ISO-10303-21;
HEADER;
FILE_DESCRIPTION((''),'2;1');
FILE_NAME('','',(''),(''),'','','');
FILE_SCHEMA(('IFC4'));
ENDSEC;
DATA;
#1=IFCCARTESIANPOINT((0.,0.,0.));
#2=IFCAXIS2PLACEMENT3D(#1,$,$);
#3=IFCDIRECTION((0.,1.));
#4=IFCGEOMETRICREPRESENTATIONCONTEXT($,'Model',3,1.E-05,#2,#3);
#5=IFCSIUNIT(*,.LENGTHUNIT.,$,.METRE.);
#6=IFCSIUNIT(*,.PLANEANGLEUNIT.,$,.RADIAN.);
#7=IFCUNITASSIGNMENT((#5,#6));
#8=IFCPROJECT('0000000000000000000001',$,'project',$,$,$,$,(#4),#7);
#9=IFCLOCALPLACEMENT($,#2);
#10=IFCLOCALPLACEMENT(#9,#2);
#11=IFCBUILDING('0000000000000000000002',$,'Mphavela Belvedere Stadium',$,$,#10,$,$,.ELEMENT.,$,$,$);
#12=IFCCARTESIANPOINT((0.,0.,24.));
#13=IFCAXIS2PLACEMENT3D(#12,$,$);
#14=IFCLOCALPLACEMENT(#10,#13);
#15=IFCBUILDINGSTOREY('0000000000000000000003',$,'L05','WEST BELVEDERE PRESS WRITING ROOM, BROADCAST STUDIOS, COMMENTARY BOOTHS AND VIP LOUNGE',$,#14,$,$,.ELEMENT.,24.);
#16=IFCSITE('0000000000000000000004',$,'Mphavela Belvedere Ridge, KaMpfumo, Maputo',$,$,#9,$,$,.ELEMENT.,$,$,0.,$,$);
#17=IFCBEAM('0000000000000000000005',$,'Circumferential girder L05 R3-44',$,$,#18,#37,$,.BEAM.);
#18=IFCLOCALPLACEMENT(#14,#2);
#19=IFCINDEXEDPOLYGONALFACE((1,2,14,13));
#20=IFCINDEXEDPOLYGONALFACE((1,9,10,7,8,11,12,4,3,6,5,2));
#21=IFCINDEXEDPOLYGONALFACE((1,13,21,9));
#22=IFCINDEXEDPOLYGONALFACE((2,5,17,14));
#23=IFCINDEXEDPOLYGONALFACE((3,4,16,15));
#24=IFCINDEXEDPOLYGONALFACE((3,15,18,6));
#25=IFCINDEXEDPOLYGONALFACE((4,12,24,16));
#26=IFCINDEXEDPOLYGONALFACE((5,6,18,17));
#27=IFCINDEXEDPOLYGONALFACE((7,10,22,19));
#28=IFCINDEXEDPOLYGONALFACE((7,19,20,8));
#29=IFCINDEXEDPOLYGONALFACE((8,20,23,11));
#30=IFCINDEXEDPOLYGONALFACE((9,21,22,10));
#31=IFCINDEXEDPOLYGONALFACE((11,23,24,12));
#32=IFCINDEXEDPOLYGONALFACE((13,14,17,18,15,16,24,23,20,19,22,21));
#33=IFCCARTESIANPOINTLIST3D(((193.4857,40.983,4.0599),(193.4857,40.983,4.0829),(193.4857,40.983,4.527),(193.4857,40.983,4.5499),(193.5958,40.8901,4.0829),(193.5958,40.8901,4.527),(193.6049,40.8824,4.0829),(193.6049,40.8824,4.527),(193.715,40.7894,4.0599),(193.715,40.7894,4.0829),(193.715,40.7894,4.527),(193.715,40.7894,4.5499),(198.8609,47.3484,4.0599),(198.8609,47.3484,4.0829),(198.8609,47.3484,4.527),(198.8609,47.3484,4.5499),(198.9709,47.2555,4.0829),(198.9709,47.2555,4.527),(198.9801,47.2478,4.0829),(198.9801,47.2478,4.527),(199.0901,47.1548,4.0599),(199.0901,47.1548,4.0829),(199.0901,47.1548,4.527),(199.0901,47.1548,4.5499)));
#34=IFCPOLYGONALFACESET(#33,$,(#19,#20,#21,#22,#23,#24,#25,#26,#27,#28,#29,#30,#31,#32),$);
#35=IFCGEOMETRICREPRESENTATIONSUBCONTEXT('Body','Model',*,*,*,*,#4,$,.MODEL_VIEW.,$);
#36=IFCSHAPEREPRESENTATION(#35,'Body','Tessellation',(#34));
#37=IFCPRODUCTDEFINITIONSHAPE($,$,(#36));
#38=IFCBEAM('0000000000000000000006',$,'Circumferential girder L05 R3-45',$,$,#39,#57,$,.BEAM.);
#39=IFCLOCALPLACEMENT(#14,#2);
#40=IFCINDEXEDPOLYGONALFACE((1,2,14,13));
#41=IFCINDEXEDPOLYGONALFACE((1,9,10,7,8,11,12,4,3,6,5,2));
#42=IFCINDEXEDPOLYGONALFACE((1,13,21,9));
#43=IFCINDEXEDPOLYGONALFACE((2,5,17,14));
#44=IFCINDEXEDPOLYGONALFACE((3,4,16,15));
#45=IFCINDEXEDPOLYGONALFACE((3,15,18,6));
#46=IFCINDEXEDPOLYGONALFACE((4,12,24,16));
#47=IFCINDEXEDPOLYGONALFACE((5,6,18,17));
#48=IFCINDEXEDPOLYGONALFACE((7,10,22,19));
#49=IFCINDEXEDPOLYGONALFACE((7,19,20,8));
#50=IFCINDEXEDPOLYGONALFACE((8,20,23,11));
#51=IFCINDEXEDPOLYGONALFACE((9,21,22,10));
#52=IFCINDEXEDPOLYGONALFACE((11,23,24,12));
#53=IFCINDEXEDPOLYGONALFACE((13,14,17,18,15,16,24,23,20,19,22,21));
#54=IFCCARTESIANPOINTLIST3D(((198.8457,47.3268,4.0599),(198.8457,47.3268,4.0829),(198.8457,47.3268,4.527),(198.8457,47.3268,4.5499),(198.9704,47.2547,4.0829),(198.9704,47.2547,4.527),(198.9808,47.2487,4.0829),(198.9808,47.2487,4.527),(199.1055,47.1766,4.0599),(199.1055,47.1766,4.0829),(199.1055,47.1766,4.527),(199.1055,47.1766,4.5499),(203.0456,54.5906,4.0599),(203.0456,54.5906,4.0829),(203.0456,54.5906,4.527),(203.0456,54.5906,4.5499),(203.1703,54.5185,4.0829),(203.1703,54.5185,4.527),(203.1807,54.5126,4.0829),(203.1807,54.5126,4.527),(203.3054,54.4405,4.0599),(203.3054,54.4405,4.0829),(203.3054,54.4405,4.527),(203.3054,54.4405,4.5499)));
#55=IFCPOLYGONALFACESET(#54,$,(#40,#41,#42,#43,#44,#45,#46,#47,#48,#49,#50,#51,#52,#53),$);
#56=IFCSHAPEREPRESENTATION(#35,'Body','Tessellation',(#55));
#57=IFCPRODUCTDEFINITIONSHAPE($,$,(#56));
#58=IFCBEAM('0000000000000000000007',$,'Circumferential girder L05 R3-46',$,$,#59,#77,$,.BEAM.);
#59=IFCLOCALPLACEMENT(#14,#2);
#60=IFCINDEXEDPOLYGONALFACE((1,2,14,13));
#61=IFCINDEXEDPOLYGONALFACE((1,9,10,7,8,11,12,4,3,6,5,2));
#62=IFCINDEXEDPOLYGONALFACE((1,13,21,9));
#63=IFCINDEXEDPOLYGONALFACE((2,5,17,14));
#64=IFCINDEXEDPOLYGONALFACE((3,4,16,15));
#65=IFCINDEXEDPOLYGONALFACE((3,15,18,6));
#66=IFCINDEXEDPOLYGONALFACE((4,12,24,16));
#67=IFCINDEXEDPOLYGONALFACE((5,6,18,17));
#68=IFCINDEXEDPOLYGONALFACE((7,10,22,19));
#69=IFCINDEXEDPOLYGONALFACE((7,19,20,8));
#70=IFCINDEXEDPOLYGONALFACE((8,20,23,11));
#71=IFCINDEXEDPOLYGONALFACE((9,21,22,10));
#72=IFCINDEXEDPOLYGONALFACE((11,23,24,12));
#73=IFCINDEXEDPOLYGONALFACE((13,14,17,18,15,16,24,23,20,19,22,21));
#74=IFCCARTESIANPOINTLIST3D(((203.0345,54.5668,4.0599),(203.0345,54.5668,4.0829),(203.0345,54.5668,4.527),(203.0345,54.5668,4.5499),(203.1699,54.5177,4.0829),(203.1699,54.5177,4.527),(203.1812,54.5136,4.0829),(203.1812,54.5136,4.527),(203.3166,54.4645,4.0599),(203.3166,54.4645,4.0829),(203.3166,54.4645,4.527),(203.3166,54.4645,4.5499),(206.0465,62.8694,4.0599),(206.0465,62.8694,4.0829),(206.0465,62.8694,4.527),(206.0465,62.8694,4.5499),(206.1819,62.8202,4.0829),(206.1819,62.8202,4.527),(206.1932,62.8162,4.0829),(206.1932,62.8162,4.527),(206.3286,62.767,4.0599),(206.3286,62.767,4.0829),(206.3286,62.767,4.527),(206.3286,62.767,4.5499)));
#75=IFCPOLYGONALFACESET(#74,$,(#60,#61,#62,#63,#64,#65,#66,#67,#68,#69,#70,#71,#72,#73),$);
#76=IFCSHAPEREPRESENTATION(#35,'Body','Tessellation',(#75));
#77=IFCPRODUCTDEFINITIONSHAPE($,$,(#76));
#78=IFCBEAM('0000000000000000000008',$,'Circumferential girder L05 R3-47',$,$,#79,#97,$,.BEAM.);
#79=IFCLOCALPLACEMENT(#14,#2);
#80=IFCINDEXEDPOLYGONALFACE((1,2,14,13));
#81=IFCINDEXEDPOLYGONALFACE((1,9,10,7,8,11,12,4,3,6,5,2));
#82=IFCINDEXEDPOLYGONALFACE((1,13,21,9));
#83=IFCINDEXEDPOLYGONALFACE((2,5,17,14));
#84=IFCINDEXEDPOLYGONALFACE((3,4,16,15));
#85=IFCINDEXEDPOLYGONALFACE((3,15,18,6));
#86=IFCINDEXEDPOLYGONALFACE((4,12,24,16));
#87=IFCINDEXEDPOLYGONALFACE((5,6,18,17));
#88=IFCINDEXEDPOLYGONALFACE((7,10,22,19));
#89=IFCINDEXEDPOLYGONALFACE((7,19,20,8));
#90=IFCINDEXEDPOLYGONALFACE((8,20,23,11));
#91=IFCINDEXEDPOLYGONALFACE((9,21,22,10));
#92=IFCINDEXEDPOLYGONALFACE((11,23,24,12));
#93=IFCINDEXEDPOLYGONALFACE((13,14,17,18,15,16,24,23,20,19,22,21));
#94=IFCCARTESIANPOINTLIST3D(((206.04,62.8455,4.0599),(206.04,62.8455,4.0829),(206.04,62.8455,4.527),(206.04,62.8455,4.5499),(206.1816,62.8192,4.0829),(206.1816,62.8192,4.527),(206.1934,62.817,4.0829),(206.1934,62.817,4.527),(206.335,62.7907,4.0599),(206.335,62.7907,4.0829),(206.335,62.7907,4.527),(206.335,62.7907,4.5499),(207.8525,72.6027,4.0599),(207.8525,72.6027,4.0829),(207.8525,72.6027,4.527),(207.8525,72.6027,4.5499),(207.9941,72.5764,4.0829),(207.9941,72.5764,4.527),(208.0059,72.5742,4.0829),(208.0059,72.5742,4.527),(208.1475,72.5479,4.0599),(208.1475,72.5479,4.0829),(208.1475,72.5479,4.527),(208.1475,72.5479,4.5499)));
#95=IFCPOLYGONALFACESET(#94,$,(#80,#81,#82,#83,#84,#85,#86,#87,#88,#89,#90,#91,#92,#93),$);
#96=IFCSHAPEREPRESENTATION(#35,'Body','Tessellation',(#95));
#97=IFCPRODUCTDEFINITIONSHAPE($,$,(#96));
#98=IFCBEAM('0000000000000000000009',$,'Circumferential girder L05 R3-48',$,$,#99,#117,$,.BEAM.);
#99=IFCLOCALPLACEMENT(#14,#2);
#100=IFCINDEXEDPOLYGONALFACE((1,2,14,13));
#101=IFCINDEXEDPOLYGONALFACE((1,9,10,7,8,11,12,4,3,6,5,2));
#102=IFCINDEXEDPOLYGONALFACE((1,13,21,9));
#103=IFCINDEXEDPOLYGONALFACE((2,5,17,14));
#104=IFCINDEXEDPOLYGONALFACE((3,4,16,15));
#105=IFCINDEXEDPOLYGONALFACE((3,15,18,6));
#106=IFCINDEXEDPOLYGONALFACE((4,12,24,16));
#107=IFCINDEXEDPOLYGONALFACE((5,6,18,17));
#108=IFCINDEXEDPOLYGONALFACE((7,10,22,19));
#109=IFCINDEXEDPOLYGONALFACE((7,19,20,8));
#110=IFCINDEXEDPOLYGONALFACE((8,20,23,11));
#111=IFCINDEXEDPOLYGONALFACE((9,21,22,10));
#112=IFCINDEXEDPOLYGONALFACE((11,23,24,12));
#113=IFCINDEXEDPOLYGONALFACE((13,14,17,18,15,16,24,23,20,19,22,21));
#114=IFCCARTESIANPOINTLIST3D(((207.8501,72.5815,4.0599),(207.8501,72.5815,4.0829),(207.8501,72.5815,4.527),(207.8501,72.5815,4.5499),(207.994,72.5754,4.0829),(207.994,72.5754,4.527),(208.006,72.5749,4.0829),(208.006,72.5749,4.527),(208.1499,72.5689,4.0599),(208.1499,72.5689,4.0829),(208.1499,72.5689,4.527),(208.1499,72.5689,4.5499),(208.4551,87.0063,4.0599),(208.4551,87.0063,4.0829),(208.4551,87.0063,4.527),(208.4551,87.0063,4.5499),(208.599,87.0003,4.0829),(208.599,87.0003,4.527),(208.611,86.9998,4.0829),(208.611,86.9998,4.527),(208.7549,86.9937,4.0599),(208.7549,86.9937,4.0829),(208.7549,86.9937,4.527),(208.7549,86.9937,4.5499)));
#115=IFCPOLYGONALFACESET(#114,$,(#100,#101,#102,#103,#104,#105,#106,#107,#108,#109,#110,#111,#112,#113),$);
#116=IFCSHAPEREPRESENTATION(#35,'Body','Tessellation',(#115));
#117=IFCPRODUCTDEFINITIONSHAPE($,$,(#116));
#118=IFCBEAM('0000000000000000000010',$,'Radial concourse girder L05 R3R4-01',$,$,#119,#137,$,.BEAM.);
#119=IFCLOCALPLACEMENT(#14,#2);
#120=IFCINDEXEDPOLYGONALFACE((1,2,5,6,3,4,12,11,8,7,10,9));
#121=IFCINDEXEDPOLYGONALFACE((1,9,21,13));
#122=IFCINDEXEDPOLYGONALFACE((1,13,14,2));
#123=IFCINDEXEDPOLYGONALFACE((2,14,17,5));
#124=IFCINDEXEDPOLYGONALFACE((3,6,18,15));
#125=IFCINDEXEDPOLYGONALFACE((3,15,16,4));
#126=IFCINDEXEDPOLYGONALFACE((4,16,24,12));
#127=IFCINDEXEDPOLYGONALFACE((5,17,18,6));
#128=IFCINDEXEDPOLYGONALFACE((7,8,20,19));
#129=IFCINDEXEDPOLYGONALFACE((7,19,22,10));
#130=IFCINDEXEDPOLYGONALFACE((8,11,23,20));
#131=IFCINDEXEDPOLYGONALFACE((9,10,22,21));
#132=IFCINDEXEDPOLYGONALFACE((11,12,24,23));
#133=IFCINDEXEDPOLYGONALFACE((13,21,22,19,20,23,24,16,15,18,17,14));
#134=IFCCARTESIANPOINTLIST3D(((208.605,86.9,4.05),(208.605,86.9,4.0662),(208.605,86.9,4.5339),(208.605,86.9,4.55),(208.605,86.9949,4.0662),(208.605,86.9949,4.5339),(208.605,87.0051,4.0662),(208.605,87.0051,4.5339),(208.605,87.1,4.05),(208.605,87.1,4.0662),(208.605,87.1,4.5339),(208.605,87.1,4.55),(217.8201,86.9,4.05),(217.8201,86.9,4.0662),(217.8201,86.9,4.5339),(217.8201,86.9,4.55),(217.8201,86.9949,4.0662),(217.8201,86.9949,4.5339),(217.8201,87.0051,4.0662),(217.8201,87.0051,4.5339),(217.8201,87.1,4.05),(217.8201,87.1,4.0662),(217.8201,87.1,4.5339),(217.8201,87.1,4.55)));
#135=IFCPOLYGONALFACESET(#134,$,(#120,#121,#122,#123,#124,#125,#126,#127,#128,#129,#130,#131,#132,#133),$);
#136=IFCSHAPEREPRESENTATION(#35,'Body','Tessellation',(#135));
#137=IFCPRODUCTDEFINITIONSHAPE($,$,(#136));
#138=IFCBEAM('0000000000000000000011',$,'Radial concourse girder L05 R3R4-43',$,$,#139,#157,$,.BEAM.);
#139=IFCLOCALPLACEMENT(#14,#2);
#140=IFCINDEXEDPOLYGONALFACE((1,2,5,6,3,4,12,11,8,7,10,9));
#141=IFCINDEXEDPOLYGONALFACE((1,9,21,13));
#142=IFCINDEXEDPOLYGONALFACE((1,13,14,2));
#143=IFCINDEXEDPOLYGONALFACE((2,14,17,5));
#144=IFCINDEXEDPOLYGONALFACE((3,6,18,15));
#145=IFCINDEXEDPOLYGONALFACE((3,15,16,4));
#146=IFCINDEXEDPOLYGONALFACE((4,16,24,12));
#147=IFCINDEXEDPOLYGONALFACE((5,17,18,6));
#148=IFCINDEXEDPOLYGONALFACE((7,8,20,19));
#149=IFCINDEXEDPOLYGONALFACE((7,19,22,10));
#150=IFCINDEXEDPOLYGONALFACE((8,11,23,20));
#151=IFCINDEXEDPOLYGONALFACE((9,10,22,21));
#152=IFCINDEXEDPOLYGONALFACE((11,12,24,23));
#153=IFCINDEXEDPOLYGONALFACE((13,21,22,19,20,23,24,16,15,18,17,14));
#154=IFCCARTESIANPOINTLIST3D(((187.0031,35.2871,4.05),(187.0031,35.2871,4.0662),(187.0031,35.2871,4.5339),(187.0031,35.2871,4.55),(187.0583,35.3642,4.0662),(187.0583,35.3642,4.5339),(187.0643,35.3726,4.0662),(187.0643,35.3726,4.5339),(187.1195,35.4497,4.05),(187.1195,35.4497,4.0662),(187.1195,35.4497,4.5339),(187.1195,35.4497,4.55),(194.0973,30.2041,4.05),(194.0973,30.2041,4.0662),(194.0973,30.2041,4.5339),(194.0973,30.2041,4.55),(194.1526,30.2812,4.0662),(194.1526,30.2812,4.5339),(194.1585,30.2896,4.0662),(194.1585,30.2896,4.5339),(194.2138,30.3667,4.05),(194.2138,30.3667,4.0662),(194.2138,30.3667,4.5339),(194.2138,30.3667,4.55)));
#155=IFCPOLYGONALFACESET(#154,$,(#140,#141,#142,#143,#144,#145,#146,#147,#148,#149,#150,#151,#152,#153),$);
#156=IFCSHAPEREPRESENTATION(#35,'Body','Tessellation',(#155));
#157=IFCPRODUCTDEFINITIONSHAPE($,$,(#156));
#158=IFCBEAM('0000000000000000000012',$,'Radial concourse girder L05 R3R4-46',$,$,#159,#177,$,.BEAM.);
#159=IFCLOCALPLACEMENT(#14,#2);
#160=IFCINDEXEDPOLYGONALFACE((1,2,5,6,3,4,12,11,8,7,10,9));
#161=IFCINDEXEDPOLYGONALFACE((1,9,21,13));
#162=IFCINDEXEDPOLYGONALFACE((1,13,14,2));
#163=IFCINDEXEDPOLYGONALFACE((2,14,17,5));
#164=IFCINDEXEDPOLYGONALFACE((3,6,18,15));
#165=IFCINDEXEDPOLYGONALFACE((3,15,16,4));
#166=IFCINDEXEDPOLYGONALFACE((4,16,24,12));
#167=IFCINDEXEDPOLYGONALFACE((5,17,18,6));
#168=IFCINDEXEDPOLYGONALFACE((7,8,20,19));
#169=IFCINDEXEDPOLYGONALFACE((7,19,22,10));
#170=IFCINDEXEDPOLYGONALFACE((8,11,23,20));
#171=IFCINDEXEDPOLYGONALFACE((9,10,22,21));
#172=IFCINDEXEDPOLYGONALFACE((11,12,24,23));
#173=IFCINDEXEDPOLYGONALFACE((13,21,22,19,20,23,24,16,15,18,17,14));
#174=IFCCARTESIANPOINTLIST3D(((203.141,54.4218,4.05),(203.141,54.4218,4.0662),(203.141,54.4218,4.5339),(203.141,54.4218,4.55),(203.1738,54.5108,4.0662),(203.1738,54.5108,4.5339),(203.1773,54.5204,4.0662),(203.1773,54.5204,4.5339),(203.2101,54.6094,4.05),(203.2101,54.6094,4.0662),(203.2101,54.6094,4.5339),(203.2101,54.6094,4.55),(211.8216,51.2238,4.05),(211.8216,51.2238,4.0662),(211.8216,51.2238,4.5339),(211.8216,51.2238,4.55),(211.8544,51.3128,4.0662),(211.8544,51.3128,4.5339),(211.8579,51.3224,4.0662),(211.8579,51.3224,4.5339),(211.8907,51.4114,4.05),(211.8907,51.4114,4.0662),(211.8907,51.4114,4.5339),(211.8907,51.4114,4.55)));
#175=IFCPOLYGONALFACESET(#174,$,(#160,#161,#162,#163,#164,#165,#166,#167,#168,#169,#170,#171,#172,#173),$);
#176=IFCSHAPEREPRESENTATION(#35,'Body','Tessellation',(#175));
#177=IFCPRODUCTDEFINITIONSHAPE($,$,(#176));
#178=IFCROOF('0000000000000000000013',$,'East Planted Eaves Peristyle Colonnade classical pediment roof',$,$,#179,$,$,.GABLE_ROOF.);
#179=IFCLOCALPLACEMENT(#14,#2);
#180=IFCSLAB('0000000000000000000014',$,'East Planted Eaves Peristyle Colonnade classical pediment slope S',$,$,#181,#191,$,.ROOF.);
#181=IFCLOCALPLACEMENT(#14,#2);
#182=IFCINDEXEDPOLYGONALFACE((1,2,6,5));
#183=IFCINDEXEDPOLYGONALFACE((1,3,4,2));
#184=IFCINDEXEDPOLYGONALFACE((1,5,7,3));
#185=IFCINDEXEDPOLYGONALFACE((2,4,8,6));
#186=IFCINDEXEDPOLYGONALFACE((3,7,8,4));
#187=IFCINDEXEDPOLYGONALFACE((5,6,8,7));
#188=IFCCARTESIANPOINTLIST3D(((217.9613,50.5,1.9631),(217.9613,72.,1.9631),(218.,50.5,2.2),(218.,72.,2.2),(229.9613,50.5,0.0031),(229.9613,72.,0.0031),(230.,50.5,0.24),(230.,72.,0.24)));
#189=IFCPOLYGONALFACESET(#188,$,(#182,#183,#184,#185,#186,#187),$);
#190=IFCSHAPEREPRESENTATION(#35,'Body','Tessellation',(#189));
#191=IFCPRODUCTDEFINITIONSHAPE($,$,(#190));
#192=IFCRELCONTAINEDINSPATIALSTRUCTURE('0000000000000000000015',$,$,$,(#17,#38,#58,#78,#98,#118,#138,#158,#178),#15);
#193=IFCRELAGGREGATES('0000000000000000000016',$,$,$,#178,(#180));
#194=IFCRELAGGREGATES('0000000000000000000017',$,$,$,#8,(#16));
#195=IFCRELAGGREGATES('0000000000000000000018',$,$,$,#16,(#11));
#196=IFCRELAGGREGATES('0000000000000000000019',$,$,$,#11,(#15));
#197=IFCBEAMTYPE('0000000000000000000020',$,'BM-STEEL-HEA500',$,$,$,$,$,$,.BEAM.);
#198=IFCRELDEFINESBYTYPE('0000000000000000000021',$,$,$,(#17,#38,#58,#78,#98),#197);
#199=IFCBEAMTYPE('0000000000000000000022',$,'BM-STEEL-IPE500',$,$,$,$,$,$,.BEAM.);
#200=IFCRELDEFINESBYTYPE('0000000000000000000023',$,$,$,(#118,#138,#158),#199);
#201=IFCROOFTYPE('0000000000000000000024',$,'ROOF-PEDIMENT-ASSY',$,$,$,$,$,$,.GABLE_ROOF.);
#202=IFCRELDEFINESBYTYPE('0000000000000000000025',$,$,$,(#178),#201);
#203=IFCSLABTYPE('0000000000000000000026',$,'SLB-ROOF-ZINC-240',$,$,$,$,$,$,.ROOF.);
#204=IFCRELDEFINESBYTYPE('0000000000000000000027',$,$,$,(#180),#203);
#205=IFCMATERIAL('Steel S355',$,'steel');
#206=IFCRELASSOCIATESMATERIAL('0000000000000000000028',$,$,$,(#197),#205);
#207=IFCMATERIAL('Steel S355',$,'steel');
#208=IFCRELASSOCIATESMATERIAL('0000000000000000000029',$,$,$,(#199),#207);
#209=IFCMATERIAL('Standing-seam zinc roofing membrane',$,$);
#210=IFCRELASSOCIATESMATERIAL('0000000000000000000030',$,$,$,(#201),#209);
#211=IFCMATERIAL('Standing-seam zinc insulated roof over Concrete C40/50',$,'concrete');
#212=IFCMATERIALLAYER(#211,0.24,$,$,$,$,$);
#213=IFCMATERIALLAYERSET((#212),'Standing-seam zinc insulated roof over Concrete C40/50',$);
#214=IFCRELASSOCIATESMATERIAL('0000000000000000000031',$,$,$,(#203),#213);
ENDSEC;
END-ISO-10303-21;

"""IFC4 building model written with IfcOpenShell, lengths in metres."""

from ifc_helpers import new_model, si_unit, direction, frame, origin, origin_2d, place, context, subcontext, project, spatial, polyline, i_section, outline, extrude, material, layer, layer_set, material_profile, profile_set, type_object, element, aggregate, save


model = new_model("IFC4")

# Units and contexts
model_context = context("Model", 3, precision=1e-05, world=origin(), true_north=direction((0.0, 1.0)))
body_context = subcontext(model_context, "Body", "Model", "MODEL_VIEW")
ifc_project = project(units=[si_unit("LENGTHUNIT", "METRE"), si_unit("PLANEANGLEUNIT", "RADIAN")], contexts=[model_context])

# Site, building, storey
site_placement = place(None, origin())
site = spatial("IfcSite", under=ifc_project, at=site_placement, Name="Mphavela Belvedere Ridge, KaMpfumo, Maputo", CompositionType="ELEMENT", RefElevation=0.0)
building_placement = place(site_placement, origin())
building = spatial("IfcBuilding", under=site, at=building_placement, Name="Mphavela Belvedere Stadium", CompositionType="ELEMENT")
storey_placement = place(building_placement, frame((0.0, 0.0, 24.0)))
storey = spatial("IfcBuildingStorey", under=building, at=storey_placement, Name="L05", Description="WEST BELVEDERE PRESS WRITING ROOM, BROADCAST STUDIOS, COMMENTARY BOOTHS AND VIP LOUNGE", CompositionType="ELEMENT", Elevation=24.0)

# Beams
ifc_material_1 = material(Name="Steel S355", Category="steel")
ifc_material_profile_1 = material_profile(ifc_material_1, i_section(OverallWidth=0.3, OverallDepth=0.49, WebThickness=0.012, FlangeThickness=0.0229, at=origin_2d()), Name="HEA 500")
ifc_profile_set_1 = profile_set([ifc_material_profile_1], Name="Steel S355")
beam_type_1 = type_object("IfcBeamType", Name="BM-STEEL-HEA500", PredefinedType="BEAM", material=ifc_profile_set_1)
beam_1_placement = place(storey_placement, frame((193.6003, 40.8862, 4.3049), z_axis=(0.645177, 0.764033, 0.0), x_axis=(-0.764033, 0.645177, 0.0)))
element("IfcBeam", 1, at=beam_1_placement, inside=storey, type_object=beam_type_1, Name="Circumferential girder L05 R3-44", PredefinedType="BEAM", context=body_context, shape_type="SweptSolid", body=[
    extrude(i_section(OverallWidth=0.3, OverallDepth=0.49, WebThickness=0.012, FlangeThickness=0.0229, at=origin_2d()), origin(), (0.0, 0.0, 1.0), 8.3313),
])
beam_2_placement = place(storey_placement, frame((198.9756, 47.2517, 4.3049), z_axis=(0.500548, 0.865709, 0.0), x_axis=(-0.865709, 0.500548, 0.0)))
element("IfcBeam", 2, at=beam_2_placement, inside=storey, type_object=beam_type_1, Name="Circumferential girder L05 R3-45", PredefinedType="BEAM", context=body_context, shape_type="SweptSolid", body=[
    extrude(i_section(OverallWidth=0.3, OverallDepth=0.49, WebThickness=0.012, FlangeThickness=0.0229, at=origin_2d()), origin(), (0.0, 0.0, 1.0), 8.3906),
])
beam_3_placement = place(storey_placement, frame((203.1755, 54.5156, 4.3049), z_axis=(0.341031, 0.940052, 0.0), x_axis=(-0.940052, 0.341031, 0.0)))
element("IfcBeam", 3, at=beam_3_placement, inside=storey, type_object=beam_type_1, Name="Circumferential girder L05 R3-46", PredefinedType="BEAM", context=body_context, shape_type="SweptSolid", body=[
    extrude(i_section(OverallWidth=0.3, OverallDepth=0.49, WebThickness=0.012, FlangeThickness=0.0229, at=origin_2d()), origin(), (0.0, 0.0, 1.0), 8.832),
])
beam_4_placement = place(storey_placement, frame((206.1875, 62.8181, 4.3049), z_axis=(0.182638, 0.98318, 0.0), x_axis=(-0.98318, 0.182638, 0.0)))
element("IfcBeam", 4, at=beam_4_placement, inside=storey, type_object=beam_type_1, Name="Circumferential girder L05 R3-47", PredefinedType="BEAM", context=body_context, shape_type="SweptSolid", body=[
    extrude(i_section(OverallWidth=0.3, OverallDepth=0.49, WebThickness=0.012, FlangeThickness=0.0229, at=origin_2d()), origin(), (0.0, 0.0, 1.0), 9.9241),
])
beam_5_placement = place(storey_placement, frame((208.0, 72.5752, 4.3049), z_axis=(0.041903, 0.999122, 0.0), x_axis=(-0.999122, 0.041903, 0.0)))
element("IfcBeam", 5, at=beam_5_placement, inside=storey, type_object=beam_type_1, Name="Circumferential girder L05 R3-48", PredefinedType="BEAM", context=body_context, shape_type="SweptSolid", body=[
    extrude(i_section(OverallWidth=0.3, OverallDepth=0.49, WebThickness=0.012, FlangeThickness=0.0229, at=origin_2d()), origin(), (0.0, 0.0, 1.0), 14.4375),
])
ifc_material_2 = material(Name="Steel S355", Category="steel")
ifc_material_profile_2 = material_profile(ifc_material_2, i_section(OverallWidth=0.2, OverallDepth=0.5, WebThickness=0.0103, FlangeThickness=0.0161, at=origin_2d()), Name="IPE 500")
ifc_profile_set_2 = profile_set([ifc_material_profile_2], Name="Steel S355")
beam_type_2 = type_object("IfcBeamType", Name="BM-STEEL-IPE500", PredefinedType="BEAM", material=ifc_profile_set_2)
beam_6_placement = place(storey_placement, frame((208.605, 87.0, 4.3), z_axis=(1.0, 0.0, 0.0), x_axis=(0.0, 1.0, 0.0)))
element("IfcBeam", 6, at=beam_6_placement, inside=storey, type_object=beam_type_2, Name="Radial concourse girder L05 R3R4-01", PredefinedType="BEAM", context=body_context, shape_type="SweptSolid", body=[
    extrude(i_section(OverallWidth=0.2, OverallDepth=0.5, WebThickness=0.0103, FlangeThickness=0.0161, at=origin_2d()), origin(), (0.0, 0.0, 1.0), 9.2151),
])
beam_7_placement = place(storey_placement, frame((187.0613, 35.3684, 4.3), z_axis=(0.812882, -0.582428, 0.0), x_axis=(0.582428, 0.812882, 0.0)))
element("IfcBeam", 7, at=beam_7_placement, inside=storey, type_object=beam_type_2, Name="Radial concourse girder L05 R3R4-43", PredefinedType="BEAM", context=body_context, shape_type="SweptSolid", body=[
    extrude(i_section(OverallWidth=0.2, OverallDepth=0.5, WebThickness=0.0103, FlangeThickness=0.0161, at=origin_2d()), origin(), (0.0, 0.0, 1.0), 8.7273),
])
beam_8_placement = place(storey_placement, frame((203.1755, 54.5156, 4.3), z_axis=(0.938348, -0.345692, 0.0), x_axis=(0.345692, 0.938348, 0.0)))
element("IfcBeam", 8, at=beam_8_placement, inside=storey, type_object=beam_type_2, Name="Radial concourse girder L05 R3R4-46", PredefinedType="BEAM", context=body_context, shape_type="SweptSolid", body=[
    extrude(i_section(OverallWidth=0.2, OverallDepth=0.5, WebThickness=0.0103, FlangeThickness=0.0161, at=origin_2d()), origin(), (0.0, 0.0, 1.0), 9.251),
])

# Roof, slab
ifc_material_3 = material(Name="Standing-seam zinc roofing membrane")
roof_type = type_object("IfcRoofType", Name="ROOF-PEDIMENT-ASSY", PredefinedType="GABLE_ROOF", material=ifc_material_3)
roof_placement = place(storey_placement, origin())
roof = element("IfcRoof", 9, at=roof_placement, inside=storey, type_object=roof_type, Name="East Planted Eaves Peristyle Colonnade classical pediment roof", PredefinedType="GABLE_ROOF")
ifc_material_4 = material(Name="Standing-seam zinc insulated roof over Concrete C40/50", Category="concrete")
ifc_layer_1 = layer(ifc_material_4, 0.24)
ifc_layer_set_1 = layer_set([ifc_layer_1], Name="Standing-seam zinc insulated roof over Concrete C40/50")
slab_type = type_object("IfcSlabType", Name="SLB-ROOF-ZINC-240", PredefinedType="ROOF", material=ifc_layer_set_1)
slab_placement = place(storey_placement, frame((218.0, 50.5, 2.2), z_axis=(0.161194, 0.0, 0.986923), x_axis=(0.986923, 0.0, -0.161194)))
slab = element("IfcSlab", 10, at=slab_placement, type_object=slab_type, Name="East Planted Eaves Peristyle Colonnade classical pediment slope S", PredefinedType="ROOF", context=body_context, shape_type="SweptSolid", body=[
    extrude(outline(polyline([(0.0, 0.0), (12.159, 0.0), (12.159, 21.5), (0.0, 21.5), (0.0, 0.0)])), origin(), (0.0, 0.0, -1.0), 0.24),
])
aggregate(roof, [slab])

save(model, "model.ifc")
